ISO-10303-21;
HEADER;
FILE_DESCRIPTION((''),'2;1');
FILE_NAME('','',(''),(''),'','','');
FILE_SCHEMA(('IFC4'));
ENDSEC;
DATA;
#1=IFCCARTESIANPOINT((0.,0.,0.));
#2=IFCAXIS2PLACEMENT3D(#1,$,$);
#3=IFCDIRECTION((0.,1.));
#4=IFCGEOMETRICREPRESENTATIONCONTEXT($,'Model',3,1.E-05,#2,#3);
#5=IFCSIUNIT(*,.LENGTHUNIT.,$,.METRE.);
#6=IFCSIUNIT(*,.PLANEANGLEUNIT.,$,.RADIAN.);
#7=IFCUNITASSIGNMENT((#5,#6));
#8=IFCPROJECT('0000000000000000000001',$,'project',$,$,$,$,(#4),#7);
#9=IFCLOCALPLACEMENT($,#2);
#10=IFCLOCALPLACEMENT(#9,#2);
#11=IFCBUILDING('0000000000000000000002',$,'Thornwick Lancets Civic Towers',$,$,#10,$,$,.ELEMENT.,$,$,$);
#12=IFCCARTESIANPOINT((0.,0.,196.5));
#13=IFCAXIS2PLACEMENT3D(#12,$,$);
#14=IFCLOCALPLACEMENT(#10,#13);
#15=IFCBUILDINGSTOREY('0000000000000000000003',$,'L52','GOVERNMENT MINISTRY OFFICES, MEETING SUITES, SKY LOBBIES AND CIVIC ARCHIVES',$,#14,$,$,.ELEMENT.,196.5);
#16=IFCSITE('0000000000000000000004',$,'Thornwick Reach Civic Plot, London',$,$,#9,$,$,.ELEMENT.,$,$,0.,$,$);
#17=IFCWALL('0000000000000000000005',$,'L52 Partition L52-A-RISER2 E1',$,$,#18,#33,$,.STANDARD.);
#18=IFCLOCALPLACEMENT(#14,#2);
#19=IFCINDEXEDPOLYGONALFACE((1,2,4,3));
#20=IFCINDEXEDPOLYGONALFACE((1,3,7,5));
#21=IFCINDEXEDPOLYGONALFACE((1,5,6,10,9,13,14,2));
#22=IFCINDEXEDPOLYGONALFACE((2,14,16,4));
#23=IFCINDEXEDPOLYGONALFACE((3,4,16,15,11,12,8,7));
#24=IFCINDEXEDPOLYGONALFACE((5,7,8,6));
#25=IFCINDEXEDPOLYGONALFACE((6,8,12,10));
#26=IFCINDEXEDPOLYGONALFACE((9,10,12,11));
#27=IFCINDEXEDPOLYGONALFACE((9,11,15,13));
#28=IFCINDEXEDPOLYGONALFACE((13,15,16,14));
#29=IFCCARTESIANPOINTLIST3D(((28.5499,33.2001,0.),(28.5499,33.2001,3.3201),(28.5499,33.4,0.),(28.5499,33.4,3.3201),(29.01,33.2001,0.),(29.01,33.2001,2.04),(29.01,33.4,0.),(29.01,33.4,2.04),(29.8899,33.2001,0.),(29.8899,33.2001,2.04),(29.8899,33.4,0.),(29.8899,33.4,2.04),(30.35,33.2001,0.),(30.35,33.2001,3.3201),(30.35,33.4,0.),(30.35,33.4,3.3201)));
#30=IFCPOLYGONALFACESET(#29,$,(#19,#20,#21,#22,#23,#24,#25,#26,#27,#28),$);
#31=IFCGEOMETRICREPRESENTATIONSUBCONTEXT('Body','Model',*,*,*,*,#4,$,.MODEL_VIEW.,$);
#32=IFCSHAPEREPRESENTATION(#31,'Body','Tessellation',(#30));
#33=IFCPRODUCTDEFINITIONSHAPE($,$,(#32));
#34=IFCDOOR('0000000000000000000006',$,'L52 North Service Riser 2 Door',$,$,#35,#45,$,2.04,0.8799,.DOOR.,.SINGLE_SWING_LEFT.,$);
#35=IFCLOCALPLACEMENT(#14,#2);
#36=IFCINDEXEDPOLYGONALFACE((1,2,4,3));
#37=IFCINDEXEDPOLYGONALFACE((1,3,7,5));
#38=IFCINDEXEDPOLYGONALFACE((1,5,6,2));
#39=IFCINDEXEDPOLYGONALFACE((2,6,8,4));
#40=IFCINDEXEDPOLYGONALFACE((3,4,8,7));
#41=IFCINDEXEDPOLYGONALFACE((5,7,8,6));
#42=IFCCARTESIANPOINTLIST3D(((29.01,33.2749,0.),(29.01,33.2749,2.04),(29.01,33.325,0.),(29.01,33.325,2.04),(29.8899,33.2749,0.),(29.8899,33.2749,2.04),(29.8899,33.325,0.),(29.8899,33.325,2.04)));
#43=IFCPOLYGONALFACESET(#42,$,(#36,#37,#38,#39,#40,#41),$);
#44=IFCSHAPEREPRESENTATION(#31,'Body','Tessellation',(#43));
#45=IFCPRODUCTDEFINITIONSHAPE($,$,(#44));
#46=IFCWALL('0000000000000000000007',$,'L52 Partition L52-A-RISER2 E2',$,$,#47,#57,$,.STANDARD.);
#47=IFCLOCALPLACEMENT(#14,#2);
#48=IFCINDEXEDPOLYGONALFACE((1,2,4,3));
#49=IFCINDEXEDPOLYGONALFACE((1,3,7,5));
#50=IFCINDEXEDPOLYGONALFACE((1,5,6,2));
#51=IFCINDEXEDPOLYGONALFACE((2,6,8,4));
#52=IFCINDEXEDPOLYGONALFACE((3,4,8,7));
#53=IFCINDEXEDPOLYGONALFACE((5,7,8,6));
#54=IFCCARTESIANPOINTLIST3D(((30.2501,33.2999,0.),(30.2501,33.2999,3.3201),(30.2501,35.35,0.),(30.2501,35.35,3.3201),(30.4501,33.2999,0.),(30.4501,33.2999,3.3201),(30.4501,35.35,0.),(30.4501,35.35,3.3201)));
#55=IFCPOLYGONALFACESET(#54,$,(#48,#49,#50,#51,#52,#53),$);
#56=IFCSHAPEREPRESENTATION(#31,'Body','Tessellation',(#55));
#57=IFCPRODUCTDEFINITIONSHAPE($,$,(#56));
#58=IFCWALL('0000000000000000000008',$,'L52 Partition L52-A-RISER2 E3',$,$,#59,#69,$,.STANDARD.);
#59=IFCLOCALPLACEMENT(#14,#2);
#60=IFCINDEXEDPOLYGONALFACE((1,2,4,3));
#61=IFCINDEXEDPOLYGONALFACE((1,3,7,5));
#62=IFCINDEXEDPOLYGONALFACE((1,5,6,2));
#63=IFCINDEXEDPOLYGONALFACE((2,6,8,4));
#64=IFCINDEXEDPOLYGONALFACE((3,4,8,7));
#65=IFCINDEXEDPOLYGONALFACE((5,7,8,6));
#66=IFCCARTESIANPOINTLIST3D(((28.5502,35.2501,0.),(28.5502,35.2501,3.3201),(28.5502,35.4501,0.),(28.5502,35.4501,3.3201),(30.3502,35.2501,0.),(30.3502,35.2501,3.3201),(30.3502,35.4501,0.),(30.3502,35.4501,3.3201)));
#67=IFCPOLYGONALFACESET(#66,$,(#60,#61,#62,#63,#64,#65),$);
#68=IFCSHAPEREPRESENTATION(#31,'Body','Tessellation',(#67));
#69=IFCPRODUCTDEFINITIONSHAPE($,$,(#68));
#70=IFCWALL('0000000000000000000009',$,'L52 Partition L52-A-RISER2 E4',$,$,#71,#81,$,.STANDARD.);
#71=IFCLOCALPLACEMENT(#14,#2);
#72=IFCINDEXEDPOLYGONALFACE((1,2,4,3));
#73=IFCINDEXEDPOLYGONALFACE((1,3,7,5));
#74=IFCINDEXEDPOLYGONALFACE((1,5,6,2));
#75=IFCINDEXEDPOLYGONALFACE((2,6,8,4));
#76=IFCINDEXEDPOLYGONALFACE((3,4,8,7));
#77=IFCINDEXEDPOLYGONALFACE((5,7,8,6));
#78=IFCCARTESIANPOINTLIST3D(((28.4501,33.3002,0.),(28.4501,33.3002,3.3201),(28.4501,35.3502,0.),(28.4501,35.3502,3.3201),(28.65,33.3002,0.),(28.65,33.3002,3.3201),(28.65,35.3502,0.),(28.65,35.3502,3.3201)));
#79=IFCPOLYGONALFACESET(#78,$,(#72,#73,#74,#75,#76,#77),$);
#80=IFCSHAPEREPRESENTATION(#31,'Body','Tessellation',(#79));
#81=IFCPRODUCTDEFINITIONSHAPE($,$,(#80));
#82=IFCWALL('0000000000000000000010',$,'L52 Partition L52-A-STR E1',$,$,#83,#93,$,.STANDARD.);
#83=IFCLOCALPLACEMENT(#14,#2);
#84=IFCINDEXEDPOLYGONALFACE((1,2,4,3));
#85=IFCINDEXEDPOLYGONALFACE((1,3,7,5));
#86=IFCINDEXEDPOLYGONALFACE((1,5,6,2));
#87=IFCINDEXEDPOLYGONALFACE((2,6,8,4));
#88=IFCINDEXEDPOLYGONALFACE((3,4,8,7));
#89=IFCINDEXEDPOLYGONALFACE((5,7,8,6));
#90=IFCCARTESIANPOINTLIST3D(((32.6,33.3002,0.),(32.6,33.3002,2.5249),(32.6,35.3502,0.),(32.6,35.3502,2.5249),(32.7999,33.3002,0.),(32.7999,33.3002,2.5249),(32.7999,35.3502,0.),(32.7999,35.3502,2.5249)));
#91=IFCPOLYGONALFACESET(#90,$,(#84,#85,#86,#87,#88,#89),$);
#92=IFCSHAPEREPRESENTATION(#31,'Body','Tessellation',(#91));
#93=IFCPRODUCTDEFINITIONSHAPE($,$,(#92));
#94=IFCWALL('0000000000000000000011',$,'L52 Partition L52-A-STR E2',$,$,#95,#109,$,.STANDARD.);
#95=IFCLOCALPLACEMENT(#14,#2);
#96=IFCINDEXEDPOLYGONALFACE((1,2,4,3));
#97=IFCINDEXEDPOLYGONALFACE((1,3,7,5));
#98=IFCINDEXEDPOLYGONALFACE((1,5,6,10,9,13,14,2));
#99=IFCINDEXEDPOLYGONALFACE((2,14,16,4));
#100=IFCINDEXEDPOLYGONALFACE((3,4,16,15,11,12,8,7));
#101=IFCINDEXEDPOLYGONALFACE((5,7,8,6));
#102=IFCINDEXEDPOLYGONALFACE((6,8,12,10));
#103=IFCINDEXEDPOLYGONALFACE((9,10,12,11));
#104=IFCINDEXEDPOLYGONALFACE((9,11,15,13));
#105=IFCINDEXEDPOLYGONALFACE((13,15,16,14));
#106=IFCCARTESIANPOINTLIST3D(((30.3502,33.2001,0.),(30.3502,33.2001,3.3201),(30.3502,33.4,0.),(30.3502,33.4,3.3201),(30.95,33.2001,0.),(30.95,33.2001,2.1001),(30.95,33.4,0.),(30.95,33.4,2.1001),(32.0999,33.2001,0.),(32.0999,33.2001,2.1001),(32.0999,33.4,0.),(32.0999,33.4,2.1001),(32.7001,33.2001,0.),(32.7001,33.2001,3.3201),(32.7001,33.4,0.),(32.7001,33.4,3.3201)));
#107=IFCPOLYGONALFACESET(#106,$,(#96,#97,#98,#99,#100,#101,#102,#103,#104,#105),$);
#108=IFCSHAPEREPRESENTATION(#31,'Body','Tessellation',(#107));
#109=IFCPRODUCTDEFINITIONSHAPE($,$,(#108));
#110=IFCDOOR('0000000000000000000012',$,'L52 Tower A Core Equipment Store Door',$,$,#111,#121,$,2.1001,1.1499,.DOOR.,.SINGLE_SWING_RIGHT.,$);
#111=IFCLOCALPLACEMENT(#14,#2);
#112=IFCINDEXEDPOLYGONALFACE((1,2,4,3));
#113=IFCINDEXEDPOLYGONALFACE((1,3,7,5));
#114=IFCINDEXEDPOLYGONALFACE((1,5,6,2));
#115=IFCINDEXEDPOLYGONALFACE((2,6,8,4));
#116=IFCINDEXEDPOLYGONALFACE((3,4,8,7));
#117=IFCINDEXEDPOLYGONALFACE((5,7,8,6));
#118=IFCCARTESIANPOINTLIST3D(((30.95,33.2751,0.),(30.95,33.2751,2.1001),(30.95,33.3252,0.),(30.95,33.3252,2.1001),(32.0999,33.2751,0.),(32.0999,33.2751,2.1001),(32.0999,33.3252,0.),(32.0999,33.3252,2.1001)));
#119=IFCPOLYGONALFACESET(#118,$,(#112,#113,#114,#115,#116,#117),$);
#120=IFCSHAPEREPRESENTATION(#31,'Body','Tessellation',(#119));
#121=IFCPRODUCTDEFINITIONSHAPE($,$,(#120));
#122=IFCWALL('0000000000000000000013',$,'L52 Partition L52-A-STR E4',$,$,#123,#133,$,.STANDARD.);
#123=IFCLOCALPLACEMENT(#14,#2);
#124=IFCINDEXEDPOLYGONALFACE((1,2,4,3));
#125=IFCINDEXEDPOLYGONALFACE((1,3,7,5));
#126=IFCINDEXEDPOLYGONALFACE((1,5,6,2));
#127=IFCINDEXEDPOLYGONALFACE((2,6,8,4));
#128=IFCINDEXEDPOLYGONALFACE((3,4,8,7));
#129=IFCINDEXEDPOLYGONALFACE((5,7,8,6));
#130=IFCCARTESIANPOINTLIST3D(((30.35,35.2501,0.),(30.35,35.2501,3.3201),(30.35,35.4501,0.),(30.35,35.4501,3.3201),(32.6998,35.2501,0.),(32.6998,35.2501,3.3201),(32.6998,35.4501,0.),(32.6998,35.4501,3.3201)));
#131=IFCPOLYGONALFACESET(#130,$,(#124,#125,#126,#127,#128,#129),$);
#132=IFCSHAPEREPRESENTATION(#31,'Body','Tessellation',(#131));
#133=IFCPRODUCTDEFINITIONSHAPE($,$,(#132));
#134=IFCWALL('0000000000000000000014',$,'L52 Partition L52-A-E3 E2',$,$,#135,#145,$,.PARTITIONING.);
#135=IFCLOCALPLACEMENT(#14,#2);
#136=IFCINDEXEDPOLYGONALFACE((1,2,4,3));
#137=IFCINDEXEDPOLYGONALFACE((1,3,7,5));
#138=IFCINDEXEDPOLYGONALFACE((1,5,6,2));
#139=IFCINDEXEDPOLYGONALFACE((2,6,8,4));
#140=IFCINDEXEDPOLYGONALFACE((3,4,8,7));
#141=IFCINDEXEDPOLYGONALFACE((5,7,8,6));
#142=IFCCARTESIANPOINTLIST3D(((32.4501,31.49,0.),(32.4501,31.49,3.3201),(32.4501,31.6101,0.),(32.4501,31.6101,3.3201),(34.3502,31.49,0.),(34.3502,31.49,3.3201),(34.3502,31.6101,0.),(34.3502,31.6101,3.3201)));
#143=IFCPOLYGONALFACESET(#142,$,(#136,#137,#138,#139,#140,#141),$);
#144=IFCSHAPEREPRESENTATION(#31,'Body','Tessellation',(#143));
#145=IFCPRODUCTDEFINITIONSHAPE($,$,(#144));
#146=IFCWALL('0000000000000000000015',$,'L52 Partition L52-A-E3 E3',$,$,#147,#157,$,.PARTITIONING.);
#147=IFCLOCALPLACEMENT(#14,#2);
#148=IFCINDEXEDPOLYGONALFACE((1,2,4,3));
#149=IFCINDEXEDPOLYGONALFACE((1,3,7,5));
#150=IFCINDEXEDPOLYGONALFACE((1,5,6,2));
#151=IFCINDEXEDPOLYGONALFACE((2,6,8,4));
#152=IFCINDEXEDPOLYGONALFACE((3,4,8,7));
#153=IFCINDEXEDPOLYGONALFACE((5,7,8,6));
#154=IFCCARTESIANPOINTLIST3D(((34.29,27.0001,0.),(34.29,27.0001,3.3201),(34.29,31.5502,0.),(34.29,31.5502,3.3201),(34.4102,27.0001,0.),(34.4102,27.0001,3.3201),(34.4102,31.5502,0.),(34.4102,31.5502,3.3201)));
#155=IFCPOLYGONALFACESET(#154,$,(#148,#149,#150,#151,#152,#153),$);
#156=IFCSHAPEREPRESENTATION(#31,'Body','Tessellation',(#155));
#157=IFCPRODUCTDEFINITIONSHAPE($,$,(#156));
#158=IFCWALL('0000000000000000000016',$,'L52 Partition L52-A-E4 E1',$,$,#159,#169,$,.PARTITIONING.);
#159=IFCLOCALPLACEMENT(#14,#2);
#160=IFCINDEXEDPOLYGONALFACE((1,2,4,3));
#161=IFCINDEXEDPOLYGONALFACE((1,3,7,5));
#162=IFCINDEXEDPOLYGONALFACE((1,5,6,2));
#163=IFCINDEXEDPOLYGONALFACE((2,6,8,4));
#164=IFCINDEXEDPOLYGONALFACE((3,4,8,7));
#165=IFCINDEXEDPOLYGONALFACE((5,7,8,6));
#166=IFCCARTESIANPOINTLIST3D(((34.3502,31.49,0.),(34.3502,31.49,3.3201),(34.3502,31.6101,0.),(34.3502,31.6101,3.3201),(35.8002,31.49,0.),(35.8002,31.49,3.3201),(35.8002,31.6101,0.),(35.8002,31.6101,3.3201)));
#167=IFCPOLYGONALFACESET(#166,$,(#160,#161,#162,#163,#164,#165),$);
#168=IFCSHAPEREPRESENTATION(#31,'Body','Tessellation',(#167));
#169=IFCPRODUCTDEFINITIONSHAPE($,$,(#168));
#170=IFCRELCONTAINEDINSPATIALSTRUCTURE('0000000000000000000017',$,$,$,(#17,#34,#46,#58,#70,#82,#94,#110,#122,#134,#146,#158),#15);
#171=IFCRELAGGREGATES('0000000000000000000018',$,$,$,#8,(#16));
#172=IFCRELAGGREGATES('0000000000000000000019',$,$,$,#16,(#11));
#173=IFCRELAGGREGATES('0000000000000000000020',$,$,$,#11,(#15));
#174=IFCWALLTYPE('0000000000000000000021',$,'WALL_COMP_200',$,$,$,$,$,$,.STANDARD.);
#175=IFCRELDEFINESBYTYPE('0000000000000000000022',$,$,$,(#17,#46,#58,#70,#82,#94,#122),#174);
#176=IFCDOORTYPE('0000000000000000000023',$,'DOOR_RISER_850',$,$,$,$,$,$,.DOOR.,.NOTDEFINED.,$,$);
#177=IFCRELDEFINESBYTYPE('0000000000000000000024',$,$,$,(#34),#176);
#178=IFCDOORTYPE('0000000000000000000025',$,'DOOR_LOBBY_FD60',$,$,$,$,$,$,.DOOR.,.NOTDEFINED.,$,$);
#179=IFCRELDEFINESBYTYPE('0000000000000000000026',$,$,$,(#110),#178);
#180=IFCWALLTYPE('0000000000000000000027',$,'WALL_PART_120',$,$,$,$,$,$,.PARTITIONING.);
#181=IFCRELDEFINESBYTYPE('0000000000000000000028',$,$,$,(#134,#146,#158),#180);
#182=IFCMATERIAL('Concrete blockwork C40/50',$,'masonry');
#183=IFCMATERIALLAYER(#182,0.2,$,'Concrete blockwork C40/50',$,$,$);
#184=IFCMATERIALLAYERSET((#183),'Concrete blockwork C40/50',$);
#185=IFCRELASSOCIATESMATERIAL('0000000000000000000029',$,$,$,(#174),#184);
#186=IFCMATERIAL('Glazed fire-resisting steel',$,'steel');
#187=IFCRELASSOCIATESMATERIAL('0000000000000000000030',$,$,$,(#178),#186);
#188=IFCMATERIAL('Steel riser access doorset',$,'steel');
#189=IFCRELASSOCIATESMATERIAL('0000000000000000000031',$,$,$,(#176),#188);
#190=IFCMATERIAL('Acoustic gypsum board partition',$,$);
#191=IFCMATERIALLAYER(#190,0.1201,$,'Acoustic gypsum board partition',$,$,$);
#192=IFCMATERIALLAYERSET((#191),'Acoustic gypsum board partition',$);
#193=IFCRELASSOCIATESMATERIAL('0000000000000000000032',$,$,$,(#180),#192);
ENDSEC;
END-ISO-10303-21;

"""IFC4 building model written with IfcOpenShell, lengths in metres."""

from ifc_helpers import new_model, si_unit, direction, frame, frame_2d, origin, place, context, subcontext, project, spatial, rectangle, extrude, material, layer, layer_set, type_object, element, fill, save


model = new_model("IFC4")

# Units and contexts
model_context = context("Model", 3, precision=1e-05, world=origin(), true_north=direction((0.0, 1.0)))
body_context = subcontext(model_context, "Body", "Model", "MODEL_VIEW")
ifc_project = project(units=[si_unit("LENGTHUNIT", "METRE"), si_unit("PLANEANGLEUNIT", "RADIAN")], contexts=[model_context])

# Site, building, storey
site_placement = place(None, origin())
site = spatial("IfcSite", under=ifc_project, at=site_placement, Name="Thornwick Reach Civic Plot, London", CompositionType="ELEMENT", RefElevation=0.0)
building_placement = place(site_placement, origin())
building = spatial("IfcBuilding", under=site, at=building_placement, Name="Thornwick Lancets Civic Towers", CompositionType="ELEMENT")
storey_placement = place(building_placement, frame((0.0, 0.0, 196.5)))
storey = spatial("IfcBuildingStorey", under=building, at=storey_placement, Name="L52", Description="GOVERNMENT MINISTRY OFFICES, MEETING SUITES, SKY LOBBIES AND CIVIC ARCHIVES", CompositionType="ELEMENT", Elevation=196.5)

# Shared definitions
ifc_material_1 = material(Name="Concrete blockwork C40/50", Category="masonry")
ifc_layer_1 = layer(ifc_material_1, 0.2, Name="Concrete blockwork C40/50")
ifc_layer_set_1 = layer_set([ifc_layer_1], Name="Concrete blockwork C40/50")
wall_type_1 = type_object("IfcWallType", Name="WALL_COMP_200", PredefinedType="STANDARD", material=ifc_layer_set_1)
ifc_material_2 = material(Name="Glazed fire-resisting steel", Category="steel")
door_type_1 = type_object("IfcDoorType", Name="DOOR_LOBBY_FD60", OperationType="NOTDEFINED", PredefinedType="DOOR", material=ifc_material_2)

# Wall, opening, door
wall_1_placement = place(storey_placement, frame((28.55, 33.3, 0.0), z_axis=(0.0, 0.0, 1.0), x_axis=(1.0, 0.0, 0.0)))
wall_1 = element("IfcWall", 1, at=wall_1_placement, inside=storey, type_object=wall_type_1, Name="L52 Partition L52-A-RISER2 E1", PredefinedType="STANDARD", context=body_context, shape_type="SweptSolid", body=[
    extrude(rectangle(XDim=1.8, YDim=0.2, at=frame_2d((0.8999, 0.0))), origin(), (0.0, 0.0, 1.0), 3.3201),
])
opening_1_placement = place(wall_1_placement, frame((0.46, 0.0, 0.0)))
opening_1 = element("IfcOpeningElement", 2, at=opening_1_placement, cuts=wall_1, PredefinedType="OPENING", context=body_context, shape_type="SweptSolid", body=[
    extrude(rectangle(XDim=0.8799, YDim=2.04, at=frame_2d((0.4399, 1.02))), frame((0.0, 0.1099, 0.0), z_axis=(0.0, -1.0, 0.0), x_axis=(1.0, 0.0, 0.0)), (0.0, 0.0, 1.0), 0.22),
])
ifc_material_3 = material(Name="Steel riser access doorset", Category="steel")
door_type_2 = type_object("IfcDoorType", Name="DOOR_RISER_850", OperationType="NOTDEFINED", PredefinedType="DOOR", material=ifc_material_3)
door_1_placement = place(opening_1_placement, origin())
door_1 = element("IfcDoor", 3, at=door_1_placement, inside=storey, type_object=door_type_2, Name="L52 North Service Riser 2 Door", OperationType="SINGLE_SWING_LEFT", OverallHeight=2.04, OverallWidth=0.8799, PredefinedType="DOOR", context=body_context, shape_type="SweptSolid", body=[
    extrude(rectangle(XDim=0.8799, YDim=2.04, at=frame_2d((0.4399, 1.02))), frame((0.0, 0.0249, 0.0), z_axis=(0.0, -1.0, 0.0), x_axis=(1.0, 0.0, 0.0)), (0.0, 0.0, 1.0), 0.05),
])
fill(opening_1, door_1)

# Walls
wall_2_placement = place(storey_placement, frame((30.3501, 33.3, 0.0), z_axis=(0.0, 0.0, 1.0), x_axis=(0.0, 1.0, 0.0)))
element("IfcWall", 4, at=wall_2_placement, inside=storey, type_object=wall_type_1, Name="L52 Partition L52-A-RISER2 E2", PredefinedType="STANDARD", context=body_context, shape_type="SweptSolid", body=[
    extrude(rectangle(XDim=2.05, YDim=0.2, at=frame_2d((1.0249, 0.0))), origin(), (0.0, 0.0, 1.0), 3.3201),
])
wall_3_placement = place(storey_placement, frame((30.3501, 35.3501, 0.0), z_axis=(0.0, 0.0, 1.0), x_axis=(-1.0, 0.0, 0.0)))
element("IfcWall", 5, at=wall_3_placement, inside=storey, type_object=wall_type_1, Name="L52 Partition L52-A-RISER2 E3", PredefinedType="STANDARD", context=body_context, shape_type="SweptSolid", body=[
    extrude(rectangle(XDim=1.8, YDim=0.2, at=frame_2d((0.8999, 0.0))), origin(), (0.0, 0.0, 1.0), 3.3201),
])
wall_4_placement = place(storey_placement, frame((28.55, 35.3501, 0.0), z_axis=(0.0, 0.0, 1.0), x_axis=(0.0, -1.0, 0.0)))
element("IfcWall", 6, at=wall_4_placement, inside=storey, type_object=wall_type_1, Name="L52 Partition L52-A-RISER2 E4", PredefinedType="STANDARD", context=body_context, shape_type="SweptSolid", body=[
    extrude(rectangle(XDim=2.05, YDim=0.2, at=frame_2d((1.0249, 0.0))), origin(), (0.0, 0.0, 1.0), 3.3201),
])
wall_5_placement = place(storey_placement, frame((32.7, 35.3501, 0.0), z_axis=(0.0, 0.0, 1.0), x_axis=(0.0, -1.0, 0.0)))
element("IfcWall", 7, at=wall_5_placement, inside=storey, type_object=wall_type_1, Name="L52 Partition L52-A-STR E1", PredefinedType="STANDARD", context=body_context, shape_type="SweptSolid", body=[
    extrude(rectangle(XDim=2.05, YDim=0.2, at=frame_2d((1.0249, 0.0))), origin(), (0.0, 0.0, 1.0), 2.5249),
])

# Wall, opening, door
wall_6_placement = place(storey_placement, frame((32.7, 33.3, 0.0), z_axis=(0.0, 0.0, 1.0), x_axis=(-1.0, 0.0, 0.0)))
wall_6 = element("IfcWall", 8, at=wall_6_placement, inside=storey, type_object=wall_type_1, Name="L52 Partition L52-A-STR E2", PredefinedType="STANDARD", context=body_context, shape_type="SweptSolid", body=[
    extrude(rectangle(XDim=2.3499, YDim=0.2, at=frame_2d((1.1748, 0.0))), origin(), (0.0, 0.0, 1.0), 3.3201),
])
opening_2_placement = place(wall_6_placement, frame((0.6001, 0.0, 0.0)))
opening_2 = element("IfcOpeningElement", 9, at=opening_2_placement, cuts=wall_6, PredefinedType="OPENING", context=body_context, shape_type="SweptSolid", body=[
    extrude(rectangle(XDim=1.1499, YDim=2.1001, at=frame_2d((0.575, 1.05))), frame((0.0, 0.1099, 0.0), z_axis=(0.0, -1.0, 0.0), x_axis=(1.0, 0.0, 0.0)), (0.0, 0.0, 1.0), 0.22),
])
door_2_placement = place(opening_2_placement, origin())
door_2 = element("IfcDoor", 10, at=door_2_placement, inside=storey, type_object=door_type_1, Name="L52 Tower A Core Equipment Store Door", OperationType="SINGLE_SWING_RIGHT", OverallHeight=2.1001, OverallWidth=1.1499, PredefinedType="DOOR", context=body_context, shape_type="SweptSolid", body=[
    extrude(rectangle(XDim=1.1499, YDim=2.1001, at=frame_2d((0.575, 1.05))), frame((0.0, 0.0249, 0.0), z_axis=(0.0, -1.0, 0.0), x_axis=(1.0, 0.0, 0.0)), (0.0, 0.0, 1.0), 0.05),
])
fill(opening_2, door_2)

# Walls
wall_7_placement = place(storey_placement, frame((30.3501, 35.3501, 0.0), z_axis=(0.0, 0.0, 1.0), x_axis=(1.0, 0.0, 0.0)))
element("IfcWall", 11, at=wall_7_placement, inside=storey, type_object=wall_type_1, Name="L52 Partition L52-A-STR E4", PredefinedType="STANDARD", context=body_context, shape_type="SweptSolid", body=[
    extrude(rectangle(XDim=2.3499, YDim=0.2, at=frame_2d((1.1748, 0.0))), origin(), (0.0, 0.0, 1.0), 3.3201),
])
ifc_material_4 = material(Name="Acoustic gypsum board partition")
ifc_layer_2 = layer(ifc_material_4, 0.1201, Name="Acoustic gypsum board partition")
ifc_layer_set_2 = layer_set([ifc_layer_2], Name="Acoustic gypsum board partition")
wall_type_2 = type_object("IfcWallType", Name="WALL_PART_120", PredefinedType="PARTITIONING", material=ifc_layer_set_2)
wall_8_placement = place(storey_placement, frame((32.45, 31.55, 0.0), z_axis=(0.0, 0.0, 1.0), x_axis=(1.0, 0.0, 0.0)))
element("IfcWall", 12, at=wall_8_placement, inside=storey, type_object=wall_type_2, Name="L52 Partition L52-A-E3 E2", PredefinedType="PARTITIONING", context=body_context, shape_type="SweptSolid", body=[
    extrude(rectangle(XDim=1.9001, YDim=0.1201, at=frame_2d((0.9502, 0.0))), origin(), (0.0, 0.0, 1.0), 3.3201),
])
wall_9_placement = place(storey_placement, frame((34.3501, 31.55, 0.0), z_axis=(0.0, 0.0, 1.0), x_axis=(0.0, -1.0, 0.0)))
element("IfcWall", 13, at=wall_9_placement, inside=storey, type_object=wall_type_2, Name="L52 Partition L52-A-E3 E3", PredefinedType="PARTITIONING", context=body_context, shape_type="SweptSolid", body=[
    extrude(rectangle(XDim=4.55, YDim=0.1201, at=frame_2d((2.2749, 0.0))), origin(), (0.0, 0.0, 1.0), 3.3201),
])
wall_10_placement = place(storey_placement, frame((34.3501, 31.55, 0.0), z_axis=(0.0, 0.0, 1.0), x_axis=(1.0, 0.0, 0.0)))
element("IfcWall", 14, at=wall_10_placement, inside=storey, type_object=wall_type_2, Name="L52 Partition L52-A-E4 E1", PredefinedType="PARTITIONING", context=body_context, shape_type="SweptSolid", body=[
    extrude(rectangle(XDim=1.45, YDim=0.1201, at=frame_2d((0.7251, 0.0))), origin(), (0.0, 0.0, 1.0), 3.3201),
])

save(model, "model.ifc")
